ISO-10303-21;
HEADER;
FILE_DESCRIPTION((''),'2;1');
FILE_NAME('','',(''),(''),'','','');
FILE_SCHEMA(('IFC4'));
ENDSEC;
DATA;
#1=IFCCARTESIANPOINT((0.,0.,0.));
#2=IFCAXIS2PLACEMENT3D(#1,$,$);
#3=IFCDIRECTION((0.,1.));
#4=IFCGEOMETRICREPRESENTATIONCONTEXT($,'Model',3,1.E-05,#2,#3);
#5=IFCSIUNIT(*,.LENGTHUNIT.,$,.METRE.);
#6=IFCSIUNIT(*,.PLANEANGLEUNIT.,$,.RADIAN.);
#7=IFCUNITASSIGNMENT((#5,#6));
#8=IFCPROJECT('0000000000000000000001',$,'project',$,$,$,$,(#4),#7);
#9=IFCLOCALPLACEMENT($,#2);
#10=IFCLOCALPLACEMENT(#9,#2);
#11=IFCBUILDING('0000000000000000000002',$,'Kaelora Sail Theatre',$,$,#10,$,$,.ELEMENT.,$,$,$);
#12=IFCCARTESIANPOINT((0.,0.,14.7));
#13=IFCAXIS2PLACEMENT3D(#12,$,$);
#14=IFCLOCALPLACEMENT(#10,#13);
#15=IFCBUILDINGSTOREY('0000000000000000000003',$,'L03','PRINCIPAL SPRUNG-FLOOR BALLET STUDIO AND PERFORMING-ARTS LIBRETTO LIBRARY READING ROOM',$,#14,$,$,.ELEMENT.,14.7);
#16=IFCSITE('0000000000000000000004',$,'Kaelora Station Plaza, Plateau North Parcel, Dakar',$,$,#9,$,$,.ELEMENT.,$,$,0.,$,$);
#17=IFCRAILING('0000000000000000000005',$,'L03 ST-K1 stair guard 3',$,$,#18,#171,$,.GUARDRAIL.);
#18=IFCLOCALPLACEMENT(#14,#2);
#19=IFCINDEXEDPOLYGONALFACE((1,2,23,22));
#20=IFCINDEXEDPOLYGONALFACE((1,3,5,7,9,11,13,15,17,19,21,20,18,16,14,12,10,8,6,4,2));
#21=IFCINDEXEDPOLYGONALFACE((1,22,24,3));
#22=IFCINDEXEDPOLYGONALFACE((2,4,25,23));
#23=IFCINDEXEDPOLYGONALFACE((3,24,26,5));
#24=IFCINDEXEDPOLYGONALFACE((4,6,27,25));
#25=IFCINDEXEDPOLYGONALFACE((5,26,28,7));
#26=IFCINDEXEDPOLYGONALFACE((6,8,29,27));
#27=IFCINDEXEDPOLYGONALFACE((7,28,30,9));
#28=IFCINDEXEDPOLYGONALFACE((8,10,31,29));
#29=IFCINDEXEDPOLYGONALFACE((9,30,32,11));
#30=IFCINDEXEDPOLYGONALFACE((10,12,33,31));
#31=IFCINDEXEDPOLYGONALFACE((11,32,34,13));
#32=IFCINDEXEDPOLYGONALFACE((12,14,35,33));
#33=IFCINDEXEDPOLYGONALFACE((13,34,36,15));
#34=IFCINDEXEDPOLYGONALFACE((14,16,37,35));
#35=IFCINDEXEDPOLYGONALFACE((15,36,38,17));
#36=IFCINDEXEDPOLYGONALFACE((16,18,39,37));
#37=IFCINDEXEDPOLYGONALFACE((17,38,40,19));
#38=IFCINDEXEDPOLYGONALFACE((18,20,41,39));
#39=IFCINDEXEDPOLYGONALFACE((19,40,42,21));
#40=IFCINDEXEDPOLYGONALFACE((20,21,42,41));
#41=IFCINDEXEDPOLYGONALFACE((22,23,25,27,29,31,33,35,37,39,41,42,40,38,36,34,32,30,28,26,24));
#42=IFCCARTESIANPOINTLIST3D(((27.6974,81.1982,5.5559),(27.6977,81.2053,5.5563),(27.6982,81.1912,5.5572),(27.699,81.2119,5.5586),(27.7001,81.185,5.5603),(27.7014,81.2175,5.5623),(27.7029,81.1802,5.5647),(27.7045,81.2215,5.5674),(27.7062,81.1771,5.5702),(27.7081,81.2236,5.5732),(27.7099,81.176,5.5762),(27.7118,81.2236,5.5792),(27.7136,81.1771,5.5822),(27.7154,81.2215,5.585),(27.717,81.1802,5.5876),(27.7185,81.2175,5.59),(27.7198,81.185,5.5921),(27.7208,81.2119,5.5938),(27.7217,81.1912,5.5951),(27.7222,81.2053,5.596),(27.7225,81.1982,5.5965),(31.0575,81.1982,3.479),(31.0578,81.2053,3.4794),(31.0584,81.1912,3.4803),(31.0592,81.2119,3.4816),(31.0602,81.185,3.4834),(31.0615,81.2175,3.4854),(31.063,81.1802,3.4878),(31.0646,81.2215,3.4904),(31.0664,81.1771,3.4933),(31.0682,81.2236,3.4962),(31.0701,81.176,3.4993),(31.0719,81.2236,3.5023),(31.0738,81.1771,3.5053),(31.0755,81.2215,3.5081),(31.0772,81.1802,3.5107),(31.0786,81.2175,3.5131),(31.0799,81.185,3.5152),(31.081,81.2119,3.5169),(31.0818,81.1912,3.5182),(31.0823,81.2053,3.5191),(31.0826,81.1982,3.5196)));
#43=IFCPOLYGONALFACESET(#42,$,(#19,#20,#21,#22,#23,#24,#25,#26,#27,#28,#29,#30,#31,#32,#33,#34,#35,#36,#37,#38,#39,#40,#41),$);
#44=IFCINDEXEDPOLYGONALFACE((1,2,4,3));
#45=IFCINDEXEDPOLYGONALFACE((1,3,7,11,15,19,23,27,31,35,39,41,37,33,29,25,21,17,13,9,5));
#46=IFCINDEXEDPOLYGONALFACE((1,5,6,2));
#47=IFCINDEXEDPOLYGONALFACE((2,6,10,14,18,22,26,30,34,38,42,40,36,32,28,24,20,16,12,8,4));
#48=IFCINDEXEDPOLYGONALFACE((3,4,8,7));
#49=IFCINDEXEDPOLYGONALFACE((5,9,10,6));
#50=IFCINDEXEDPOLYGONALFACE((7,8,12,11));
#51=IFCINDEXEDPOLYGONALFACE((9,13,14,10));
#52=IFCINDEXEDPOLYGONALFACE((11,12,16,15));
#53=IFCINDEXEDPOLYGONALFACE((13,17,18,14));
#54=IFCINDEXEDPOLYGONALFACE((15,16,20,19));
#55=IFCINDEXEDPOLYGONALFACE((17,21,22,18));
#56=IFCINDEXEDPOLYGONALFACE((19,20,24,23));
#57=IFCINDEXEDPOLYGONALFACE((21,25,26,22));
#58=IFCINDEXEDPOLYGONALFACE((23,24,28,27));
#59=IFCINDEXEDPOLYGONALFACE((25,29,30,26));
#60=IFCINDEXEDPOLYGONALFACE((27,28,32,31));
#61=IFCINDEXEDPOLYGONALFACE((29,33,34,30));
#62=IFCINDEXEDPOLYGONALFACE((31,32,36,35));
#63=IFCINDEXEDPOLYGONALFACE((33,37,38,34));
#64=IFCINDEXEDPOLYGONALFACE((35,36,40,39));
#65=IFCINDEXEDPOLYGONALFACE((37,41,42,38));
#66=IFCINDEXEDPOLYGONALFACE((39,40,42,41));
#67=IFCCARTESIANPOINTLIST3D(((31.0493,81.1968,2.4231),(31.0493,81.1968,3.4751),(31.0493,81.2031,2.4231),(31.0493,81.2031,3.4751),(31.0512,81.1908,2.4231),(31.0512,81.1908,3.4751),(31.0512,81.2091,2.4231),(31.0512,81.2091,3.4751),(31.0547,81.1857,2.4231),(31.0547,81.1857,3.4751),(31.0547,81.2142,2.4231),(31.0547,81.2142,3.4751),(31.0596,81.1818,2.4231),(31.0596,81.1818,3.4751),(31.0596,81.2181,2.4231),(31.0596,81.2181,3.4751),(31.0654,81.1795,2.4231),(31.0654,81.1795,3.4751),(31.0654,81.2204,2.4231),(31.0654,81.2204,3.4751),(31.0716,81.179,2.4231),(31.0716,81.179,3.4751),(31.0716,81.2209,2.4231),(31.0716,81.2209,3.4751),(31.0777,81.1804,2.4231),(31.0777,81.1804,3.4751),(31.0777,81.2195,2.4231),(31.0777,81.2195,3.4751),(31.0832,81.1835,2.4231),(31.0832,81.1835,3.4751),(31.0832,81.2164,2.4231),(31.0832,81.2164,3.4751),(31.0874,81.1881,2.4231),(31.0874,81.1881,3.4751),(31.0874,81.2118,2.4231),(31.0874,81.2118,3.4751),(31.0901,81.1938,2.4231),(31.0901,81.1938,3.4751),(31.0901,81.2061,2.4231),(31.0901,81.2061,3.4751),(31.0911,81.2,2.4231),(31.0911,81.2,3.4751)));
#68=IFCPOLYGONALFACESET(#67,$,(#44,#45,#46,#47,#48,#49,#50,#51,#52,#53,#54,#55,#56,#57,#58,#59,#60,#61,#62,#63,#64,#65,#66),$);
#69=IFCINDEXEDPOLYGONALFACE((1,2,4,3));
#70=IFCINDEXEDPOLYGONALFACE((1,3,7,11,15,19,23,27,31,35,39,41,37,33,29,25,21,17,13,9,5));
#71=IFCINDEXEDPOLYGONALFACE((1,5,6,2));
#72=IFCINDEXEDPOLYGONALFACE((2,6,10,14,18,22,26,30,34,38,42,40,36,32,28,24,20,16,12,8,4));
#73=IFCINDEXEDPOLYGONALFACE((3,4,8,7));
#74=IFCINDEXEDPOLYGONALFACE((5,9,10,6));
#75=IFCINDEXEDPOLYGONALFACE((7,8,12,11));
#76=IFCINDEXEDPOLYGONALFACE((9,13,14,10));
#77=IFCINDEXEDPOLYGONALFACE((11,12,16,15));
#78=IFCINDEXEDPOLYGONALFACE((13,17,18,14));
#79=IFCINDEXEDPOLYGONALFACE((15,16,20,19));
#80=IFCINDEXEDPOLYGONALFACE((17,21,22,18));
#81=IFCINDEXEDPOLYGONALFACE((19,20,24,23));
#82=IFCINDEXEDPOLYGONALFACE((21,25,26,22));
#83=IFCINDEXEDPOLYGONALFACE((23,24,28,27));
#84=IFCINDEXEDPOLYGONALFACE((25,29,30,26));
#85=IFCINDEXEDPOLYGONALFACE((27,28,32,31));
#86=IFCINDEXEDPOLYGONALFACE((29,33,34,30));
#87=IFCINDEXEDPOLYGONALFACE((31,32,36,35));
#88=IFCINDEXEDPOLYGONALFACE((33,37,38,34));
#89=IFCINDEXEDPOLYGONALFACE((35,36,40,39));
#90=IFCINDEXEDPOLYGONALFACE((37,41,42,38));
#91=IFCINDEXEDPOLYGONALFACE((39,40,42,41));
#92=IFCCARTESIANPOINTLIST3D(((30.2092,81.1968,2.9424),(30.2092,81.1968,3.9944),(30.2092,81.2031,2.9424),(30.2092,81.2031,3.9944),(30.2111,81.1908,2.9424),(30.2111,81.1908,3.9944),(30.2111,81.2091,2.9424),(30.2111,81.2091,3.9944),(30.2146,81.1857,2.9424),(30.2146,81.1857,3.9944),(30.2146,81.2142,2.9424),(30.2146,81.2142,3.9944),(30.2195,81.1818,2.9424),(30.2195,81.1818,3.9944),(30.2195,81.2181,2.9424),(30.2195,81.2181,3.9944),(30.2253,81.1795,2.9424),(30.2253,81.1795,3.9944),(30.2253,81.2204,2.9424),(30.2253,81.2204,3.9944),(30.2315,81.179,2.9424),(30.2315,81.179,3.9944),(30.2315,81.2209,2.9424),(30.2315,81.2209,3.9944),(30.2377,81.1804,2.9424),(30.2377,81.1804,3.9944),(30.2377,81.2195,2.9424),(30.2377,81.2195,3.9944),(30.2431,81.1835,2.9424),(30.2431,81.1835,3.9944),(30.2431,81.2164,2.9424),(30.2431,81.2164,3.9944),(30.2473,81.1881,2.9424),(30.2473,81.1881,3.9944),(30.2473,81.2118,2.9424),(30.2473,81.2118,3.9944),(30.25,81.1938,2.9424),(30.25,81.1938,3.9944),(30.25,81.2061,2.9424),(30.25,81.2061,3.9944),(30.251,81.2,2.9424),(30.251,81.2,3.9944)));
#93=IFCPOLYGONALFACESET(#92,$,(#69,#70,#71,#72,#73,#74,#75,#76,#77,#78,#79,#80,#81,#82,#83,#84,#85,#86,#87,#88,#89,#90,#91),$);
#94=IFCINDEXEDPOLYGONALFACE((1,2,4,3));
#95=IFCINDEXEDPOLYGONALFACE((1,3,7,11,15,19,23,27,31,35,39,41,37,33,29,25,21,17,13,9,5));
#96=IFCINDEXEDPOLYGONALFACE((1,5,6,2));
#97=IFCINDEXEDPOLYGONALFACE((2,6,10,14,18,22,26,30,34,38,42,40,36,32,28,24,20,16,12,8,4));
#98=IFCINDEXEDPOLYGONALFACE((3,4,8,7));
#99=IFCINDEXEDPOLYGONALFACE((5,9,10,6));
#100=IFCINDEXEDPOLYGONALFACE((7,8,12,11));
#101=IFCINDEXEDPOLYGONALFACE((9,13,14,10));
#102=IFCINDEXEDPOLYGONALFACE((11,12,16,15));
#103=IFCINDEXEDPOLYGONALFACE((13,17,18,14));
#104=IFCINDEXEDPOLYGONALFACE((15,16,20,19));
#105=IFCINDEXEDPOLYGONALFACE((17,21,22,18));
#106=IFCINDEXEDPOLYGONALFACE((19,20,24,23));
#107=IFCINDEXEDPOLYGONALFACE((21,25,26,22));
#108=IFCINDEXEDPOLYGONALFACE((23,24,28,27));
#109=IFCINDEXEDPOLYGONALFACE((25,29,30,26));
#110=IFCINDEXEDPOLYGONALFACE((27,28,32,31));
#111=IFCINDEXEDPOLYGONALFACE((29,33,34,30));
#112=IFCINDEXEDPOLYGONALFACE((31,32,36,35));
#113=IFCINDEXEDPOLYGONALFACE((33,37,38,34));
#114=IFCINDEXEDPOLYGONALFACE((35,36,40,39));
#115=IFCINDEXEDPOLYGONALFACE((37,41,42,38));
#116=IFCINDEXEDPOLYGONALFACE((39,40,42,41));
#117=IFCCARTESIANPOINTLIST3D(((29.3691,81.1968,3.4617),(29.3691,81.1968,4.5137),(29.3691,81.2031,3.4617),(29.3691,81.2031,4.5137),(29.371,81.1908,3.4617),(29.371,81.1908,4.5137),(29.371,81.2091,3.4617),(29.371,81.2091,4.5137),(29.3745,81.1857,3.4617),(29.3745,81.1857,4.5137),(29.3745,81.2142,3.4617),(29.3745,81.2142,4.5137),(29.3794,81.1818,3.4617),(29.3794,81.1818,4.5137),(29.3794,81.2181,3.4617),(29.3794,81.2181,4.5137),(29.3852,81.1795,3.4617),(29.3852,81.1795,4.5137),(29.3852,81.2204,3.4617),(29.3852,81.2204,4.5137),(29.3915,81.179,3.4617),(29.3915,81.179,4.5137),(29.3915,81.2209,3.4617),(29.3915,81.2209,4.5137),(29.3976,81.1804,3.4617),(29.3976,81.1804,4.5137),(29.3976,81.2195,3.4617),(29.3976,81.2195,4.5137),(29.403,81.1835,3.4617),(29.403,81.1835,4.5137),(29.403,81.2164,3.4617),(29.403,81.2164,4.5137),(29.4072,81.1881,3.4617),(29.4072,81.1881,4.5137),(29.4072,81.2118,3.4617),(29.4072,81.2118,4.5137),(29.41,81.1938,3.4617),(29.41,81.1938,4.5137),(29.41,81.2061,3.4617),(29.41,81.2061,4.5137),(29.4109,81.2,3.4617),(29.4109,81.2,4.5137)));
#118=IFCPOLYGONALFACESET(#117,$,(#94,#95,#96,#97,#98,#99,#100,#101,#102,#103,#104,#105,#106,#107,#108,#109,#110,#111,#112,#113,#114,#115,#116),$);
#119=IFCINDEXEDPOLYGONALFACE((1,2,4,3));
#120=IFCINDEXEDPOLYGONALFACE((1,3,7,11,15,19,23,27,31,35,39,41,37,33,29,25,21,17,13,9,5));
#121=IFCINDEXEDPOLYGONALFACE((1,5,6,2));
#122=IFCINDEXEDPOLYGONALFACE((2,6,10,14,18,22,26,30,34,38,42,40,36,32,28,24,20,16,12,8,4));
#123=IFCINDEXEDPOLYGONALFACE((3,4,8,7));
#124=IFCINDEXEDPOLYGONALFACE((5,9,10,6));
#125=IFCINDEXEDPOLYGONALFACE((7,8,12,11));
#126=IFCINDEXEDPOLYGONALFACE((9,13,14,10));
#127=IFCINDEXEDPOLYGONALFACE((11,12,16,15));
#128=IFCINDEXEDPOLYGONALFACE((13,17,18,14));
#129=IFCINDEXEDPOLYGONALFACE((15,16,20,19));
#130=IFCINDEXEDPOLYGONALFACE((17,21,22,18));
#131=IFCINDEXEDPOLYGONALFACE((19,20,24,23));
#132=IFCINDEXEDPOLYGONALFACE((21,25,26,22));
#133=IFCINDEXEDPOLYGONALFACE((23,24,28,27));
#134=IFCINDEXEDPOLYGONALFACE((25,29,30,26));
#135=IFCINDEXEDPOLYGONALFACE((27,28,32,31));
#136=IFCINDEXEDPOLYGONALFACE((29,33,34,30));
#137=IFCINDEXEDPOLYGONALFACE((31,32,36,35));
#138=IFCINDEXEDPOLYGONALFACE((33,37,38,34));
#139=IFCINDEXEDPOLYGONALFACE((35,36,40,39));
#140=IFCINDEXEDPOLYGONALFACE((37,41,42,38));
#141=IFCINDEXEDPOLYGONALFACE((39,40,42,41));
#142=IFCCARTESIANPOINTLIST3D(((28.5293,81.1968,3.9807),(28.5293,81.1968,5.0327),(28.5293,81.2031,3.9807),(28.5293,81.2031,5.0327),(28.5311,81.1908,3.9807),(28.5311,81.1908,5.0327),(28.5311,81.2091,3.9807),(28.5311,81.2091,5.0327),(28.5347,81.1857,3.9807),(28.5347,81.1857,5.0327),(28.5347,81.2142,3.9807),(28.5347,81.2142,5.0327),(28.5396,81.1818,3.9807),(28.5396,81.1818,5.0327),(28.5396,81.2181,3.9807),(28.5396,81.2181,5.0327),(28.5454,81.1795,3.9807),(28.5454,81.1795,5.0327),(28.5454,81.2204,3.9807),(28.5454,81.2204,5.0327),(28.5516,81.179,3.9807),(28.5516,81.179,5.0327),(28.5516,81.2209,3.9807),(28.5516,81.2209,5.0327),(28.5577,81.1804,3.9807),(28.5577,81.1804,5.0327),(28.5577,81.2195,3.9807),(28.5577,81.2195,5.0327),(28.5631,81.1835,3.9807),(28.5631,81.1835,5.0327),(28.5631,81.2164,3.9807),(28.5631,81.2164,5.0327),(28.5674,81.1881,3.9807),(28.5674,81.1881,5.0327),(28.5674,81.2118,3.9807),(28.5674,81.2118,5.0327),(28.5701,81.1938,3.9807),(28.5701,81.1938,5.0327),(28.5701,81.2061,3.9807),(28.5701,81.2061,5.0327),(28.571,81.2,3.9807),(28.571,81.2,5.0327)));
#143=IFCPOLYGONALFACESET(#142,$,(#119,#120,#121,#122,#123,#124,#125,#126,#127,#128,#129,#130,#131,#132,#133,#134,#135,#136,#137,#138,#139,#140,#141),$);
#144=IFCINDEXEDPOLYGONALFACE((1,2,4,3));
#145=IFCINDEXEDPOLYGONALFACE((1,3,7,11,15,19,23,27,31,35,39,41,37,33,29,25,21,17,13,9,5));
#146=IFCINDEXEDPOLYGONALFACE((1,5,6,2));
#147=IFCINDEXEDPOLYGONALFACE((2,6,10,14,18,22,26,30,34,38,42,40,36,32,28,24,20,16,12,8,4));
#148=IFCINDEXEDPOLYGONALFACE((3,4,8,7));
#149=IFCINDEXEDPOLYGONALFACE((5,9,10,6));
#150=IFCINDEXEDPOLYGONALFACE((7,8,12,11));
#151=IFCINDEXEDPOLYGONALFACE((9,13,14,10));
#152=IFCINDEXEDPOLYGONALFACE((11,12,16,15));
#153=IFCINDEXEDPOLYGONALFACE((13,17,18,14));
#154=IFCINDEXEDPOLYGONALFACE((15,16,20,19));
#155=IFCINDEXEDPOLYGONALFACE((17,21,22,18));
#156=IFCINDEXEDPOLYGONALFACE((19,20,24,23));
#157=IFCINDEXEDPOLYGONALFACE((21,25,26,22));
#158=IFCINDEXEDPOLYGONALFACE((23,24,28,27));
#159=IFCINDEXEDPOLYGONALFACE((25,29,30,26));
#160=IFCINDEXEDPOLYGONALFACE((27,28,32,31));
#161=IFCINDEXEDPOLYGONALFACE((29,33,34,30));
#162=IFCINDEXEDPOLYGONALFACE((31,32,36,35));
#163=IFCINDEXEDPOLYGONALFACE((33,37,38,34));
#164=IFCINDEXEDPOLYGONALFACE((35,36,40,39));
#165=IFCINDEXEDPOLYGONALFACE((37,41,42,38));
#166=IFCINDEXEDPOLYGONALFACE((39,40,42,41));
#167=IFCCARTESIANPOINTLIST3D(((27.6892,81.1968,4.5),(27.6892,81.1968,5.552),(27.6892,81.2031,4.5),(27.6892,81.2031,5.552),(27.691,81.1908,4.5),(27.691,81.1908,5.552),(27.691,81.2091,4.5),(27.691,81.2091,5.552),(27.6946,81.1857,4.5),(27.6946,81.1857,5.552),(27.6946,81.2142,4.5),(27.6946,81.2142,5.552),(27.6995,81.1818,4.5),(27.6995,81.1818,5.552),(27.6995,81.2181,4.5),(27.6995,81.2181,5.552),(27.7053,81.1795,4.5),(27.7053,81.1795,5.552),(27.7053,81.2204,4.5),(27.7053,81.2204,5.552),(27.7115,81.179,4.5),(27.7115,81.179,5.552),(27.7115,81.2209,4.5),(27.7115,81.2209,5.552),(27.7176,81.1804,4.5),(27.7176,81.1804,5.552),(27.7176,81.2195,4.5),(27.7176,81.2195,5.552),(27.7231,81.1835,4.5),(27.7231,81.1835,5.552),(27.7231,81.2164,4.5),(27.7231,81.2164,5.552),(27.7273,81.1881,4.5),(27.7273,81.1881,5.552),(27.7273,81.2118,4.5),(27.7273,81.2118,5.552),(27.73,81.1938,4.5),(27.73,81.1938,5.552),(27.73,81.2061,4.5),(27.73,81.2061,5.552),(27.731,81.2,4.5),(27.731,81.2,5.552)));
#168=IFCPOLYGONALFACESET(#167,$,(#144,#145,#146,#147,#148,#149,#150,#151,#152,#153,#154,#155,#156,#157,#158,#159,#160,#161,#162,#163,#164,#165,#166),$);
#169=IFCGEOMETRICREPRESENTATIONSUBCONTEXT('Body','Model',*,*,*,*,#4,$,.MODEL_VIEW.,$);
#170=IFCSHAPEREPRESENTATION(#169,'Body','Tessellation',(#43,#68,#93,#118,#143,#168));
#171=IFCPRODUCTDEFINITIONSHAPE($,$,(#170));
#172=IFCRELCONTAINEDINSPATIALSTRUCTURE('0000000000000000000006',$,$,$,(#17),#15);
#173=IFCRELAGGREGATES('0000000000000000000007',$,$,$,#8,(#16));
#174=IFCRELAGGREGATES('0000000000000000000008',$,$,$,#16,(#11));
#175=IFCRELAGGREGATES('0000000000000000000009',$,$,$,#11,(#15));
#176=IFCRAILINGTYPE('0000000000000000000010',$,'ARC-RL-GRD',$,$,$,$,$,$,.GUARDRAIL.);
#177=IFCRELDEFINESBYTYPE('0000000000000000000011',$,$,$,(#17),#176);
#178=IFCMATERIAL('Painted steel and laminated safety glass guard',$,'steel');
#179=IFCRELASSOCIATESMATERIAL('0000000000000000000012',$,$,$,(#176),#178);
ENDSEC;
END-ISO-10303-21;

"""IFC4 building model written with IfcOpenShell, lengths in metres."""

from ifc_helpers import new_model, si_unit, direction, frame, origin, origin_2d, place, context, subcontext, project, spatial, circle, extrude, material, type_object, element, save


model = new_model("IFC4")

# Units and contexts
model_context = context("Model", 3, precision=1e-05, world=origin(), true_north=direction((0.0, 1.0)))
body_context = subcontext(model_context, "Body", "Model", "MODEL_VIEW")
ifc_project = project(units=[si_unit("LENGTHUNIT", "METRE"), si_unit("PLANEANGLEUNIT", "RADIAN")], contexts=[model_context])

# Site, building, storey
site_placement = place(None, origin())
site = spatial("IfcSite", under=ifc_project, at=site_placement, Name="Kaelora Station Plaza, Plateau North Parcel, Dakar", CompositionType="ELEMENT", RefElevation=0.0)
building_placement = place(site_placement, origin())
building = spatial("IfcBuilding", under=site, at=building_placement, Name="Kaelora Sail Theatre", CompositionType="ELEMENT")
storey_placement = place(building_placement, frame((0.0, 0.0, 14.7)))
storey = spatial("IfcBuildingStorey", under=building, at=storey_placement, Name="L03", Description="PRINCIPAL SPRUNG-FLOOR BALLET STUDIO AND PERFORMING-ARTS LIBRETTO LIBRARY READING ROOM", CompositionType="ELEMENT", Elevation=14.7)

# Railing
ifc_material_1 = material(Name="Painted steel and laminated safety glass guard", Category="steel")
railing_type_1 = type_object("IfcRailingType", Name="ARC-RL-GRD", PredefinedType="GUARDRAIL", material=ifc_material_1)
railing_1_placement = place(storey_placement, frame((31.0701, 81.2, 2.4231)))
element("IfcRailing", 1, at=railing_1_placement, inside=storey, type_object=railing_type_1, Name="L03 ST-K1 stair guard 3", PredefinedType="GUARDRAIL", context=body_context, shape_type="SweptSolid", body=[
    extrude(circle(Radius=0.0239, at=origin_2d()), frame((0.0, 0.0, 1.0762), z_axis=(-0.850623, 0.0, 0.525776), x_axis=(0.0, -1.0, 0.0)), (0.0, 0.0, 1.0), 3.9502),
    extrude(circle(Radius=0.021, at=origin_2d()), origin(), (0.0, 0.0, 1.0), 1.052),
    extrude(circle(Radius=0.021, at=origin_2d()), frame((-0.8401, 0.0, 0.5193)), (0.0, 0.0, 1.0), 1.052),
    extrude(circle(Radius=0.021, at=origin_2d()), frame((-1.6802, 0.0, 1.0386)), (0.0, 0.0, 1.0), 1.052),
    extrude(circle(Radius=0.021, at=origin_2d()), frame((-2.52, 0.0, 1.5576)), (0.0, 0.0, 1.0), 1.052),
    extrude(circle(Radius=0.021, at=origin_2d()), frame((-3.3601, 0.0, 2.0769)), (0.0, 0.0, 1.0), 1.052),
])

save(model, "model.ifc")
